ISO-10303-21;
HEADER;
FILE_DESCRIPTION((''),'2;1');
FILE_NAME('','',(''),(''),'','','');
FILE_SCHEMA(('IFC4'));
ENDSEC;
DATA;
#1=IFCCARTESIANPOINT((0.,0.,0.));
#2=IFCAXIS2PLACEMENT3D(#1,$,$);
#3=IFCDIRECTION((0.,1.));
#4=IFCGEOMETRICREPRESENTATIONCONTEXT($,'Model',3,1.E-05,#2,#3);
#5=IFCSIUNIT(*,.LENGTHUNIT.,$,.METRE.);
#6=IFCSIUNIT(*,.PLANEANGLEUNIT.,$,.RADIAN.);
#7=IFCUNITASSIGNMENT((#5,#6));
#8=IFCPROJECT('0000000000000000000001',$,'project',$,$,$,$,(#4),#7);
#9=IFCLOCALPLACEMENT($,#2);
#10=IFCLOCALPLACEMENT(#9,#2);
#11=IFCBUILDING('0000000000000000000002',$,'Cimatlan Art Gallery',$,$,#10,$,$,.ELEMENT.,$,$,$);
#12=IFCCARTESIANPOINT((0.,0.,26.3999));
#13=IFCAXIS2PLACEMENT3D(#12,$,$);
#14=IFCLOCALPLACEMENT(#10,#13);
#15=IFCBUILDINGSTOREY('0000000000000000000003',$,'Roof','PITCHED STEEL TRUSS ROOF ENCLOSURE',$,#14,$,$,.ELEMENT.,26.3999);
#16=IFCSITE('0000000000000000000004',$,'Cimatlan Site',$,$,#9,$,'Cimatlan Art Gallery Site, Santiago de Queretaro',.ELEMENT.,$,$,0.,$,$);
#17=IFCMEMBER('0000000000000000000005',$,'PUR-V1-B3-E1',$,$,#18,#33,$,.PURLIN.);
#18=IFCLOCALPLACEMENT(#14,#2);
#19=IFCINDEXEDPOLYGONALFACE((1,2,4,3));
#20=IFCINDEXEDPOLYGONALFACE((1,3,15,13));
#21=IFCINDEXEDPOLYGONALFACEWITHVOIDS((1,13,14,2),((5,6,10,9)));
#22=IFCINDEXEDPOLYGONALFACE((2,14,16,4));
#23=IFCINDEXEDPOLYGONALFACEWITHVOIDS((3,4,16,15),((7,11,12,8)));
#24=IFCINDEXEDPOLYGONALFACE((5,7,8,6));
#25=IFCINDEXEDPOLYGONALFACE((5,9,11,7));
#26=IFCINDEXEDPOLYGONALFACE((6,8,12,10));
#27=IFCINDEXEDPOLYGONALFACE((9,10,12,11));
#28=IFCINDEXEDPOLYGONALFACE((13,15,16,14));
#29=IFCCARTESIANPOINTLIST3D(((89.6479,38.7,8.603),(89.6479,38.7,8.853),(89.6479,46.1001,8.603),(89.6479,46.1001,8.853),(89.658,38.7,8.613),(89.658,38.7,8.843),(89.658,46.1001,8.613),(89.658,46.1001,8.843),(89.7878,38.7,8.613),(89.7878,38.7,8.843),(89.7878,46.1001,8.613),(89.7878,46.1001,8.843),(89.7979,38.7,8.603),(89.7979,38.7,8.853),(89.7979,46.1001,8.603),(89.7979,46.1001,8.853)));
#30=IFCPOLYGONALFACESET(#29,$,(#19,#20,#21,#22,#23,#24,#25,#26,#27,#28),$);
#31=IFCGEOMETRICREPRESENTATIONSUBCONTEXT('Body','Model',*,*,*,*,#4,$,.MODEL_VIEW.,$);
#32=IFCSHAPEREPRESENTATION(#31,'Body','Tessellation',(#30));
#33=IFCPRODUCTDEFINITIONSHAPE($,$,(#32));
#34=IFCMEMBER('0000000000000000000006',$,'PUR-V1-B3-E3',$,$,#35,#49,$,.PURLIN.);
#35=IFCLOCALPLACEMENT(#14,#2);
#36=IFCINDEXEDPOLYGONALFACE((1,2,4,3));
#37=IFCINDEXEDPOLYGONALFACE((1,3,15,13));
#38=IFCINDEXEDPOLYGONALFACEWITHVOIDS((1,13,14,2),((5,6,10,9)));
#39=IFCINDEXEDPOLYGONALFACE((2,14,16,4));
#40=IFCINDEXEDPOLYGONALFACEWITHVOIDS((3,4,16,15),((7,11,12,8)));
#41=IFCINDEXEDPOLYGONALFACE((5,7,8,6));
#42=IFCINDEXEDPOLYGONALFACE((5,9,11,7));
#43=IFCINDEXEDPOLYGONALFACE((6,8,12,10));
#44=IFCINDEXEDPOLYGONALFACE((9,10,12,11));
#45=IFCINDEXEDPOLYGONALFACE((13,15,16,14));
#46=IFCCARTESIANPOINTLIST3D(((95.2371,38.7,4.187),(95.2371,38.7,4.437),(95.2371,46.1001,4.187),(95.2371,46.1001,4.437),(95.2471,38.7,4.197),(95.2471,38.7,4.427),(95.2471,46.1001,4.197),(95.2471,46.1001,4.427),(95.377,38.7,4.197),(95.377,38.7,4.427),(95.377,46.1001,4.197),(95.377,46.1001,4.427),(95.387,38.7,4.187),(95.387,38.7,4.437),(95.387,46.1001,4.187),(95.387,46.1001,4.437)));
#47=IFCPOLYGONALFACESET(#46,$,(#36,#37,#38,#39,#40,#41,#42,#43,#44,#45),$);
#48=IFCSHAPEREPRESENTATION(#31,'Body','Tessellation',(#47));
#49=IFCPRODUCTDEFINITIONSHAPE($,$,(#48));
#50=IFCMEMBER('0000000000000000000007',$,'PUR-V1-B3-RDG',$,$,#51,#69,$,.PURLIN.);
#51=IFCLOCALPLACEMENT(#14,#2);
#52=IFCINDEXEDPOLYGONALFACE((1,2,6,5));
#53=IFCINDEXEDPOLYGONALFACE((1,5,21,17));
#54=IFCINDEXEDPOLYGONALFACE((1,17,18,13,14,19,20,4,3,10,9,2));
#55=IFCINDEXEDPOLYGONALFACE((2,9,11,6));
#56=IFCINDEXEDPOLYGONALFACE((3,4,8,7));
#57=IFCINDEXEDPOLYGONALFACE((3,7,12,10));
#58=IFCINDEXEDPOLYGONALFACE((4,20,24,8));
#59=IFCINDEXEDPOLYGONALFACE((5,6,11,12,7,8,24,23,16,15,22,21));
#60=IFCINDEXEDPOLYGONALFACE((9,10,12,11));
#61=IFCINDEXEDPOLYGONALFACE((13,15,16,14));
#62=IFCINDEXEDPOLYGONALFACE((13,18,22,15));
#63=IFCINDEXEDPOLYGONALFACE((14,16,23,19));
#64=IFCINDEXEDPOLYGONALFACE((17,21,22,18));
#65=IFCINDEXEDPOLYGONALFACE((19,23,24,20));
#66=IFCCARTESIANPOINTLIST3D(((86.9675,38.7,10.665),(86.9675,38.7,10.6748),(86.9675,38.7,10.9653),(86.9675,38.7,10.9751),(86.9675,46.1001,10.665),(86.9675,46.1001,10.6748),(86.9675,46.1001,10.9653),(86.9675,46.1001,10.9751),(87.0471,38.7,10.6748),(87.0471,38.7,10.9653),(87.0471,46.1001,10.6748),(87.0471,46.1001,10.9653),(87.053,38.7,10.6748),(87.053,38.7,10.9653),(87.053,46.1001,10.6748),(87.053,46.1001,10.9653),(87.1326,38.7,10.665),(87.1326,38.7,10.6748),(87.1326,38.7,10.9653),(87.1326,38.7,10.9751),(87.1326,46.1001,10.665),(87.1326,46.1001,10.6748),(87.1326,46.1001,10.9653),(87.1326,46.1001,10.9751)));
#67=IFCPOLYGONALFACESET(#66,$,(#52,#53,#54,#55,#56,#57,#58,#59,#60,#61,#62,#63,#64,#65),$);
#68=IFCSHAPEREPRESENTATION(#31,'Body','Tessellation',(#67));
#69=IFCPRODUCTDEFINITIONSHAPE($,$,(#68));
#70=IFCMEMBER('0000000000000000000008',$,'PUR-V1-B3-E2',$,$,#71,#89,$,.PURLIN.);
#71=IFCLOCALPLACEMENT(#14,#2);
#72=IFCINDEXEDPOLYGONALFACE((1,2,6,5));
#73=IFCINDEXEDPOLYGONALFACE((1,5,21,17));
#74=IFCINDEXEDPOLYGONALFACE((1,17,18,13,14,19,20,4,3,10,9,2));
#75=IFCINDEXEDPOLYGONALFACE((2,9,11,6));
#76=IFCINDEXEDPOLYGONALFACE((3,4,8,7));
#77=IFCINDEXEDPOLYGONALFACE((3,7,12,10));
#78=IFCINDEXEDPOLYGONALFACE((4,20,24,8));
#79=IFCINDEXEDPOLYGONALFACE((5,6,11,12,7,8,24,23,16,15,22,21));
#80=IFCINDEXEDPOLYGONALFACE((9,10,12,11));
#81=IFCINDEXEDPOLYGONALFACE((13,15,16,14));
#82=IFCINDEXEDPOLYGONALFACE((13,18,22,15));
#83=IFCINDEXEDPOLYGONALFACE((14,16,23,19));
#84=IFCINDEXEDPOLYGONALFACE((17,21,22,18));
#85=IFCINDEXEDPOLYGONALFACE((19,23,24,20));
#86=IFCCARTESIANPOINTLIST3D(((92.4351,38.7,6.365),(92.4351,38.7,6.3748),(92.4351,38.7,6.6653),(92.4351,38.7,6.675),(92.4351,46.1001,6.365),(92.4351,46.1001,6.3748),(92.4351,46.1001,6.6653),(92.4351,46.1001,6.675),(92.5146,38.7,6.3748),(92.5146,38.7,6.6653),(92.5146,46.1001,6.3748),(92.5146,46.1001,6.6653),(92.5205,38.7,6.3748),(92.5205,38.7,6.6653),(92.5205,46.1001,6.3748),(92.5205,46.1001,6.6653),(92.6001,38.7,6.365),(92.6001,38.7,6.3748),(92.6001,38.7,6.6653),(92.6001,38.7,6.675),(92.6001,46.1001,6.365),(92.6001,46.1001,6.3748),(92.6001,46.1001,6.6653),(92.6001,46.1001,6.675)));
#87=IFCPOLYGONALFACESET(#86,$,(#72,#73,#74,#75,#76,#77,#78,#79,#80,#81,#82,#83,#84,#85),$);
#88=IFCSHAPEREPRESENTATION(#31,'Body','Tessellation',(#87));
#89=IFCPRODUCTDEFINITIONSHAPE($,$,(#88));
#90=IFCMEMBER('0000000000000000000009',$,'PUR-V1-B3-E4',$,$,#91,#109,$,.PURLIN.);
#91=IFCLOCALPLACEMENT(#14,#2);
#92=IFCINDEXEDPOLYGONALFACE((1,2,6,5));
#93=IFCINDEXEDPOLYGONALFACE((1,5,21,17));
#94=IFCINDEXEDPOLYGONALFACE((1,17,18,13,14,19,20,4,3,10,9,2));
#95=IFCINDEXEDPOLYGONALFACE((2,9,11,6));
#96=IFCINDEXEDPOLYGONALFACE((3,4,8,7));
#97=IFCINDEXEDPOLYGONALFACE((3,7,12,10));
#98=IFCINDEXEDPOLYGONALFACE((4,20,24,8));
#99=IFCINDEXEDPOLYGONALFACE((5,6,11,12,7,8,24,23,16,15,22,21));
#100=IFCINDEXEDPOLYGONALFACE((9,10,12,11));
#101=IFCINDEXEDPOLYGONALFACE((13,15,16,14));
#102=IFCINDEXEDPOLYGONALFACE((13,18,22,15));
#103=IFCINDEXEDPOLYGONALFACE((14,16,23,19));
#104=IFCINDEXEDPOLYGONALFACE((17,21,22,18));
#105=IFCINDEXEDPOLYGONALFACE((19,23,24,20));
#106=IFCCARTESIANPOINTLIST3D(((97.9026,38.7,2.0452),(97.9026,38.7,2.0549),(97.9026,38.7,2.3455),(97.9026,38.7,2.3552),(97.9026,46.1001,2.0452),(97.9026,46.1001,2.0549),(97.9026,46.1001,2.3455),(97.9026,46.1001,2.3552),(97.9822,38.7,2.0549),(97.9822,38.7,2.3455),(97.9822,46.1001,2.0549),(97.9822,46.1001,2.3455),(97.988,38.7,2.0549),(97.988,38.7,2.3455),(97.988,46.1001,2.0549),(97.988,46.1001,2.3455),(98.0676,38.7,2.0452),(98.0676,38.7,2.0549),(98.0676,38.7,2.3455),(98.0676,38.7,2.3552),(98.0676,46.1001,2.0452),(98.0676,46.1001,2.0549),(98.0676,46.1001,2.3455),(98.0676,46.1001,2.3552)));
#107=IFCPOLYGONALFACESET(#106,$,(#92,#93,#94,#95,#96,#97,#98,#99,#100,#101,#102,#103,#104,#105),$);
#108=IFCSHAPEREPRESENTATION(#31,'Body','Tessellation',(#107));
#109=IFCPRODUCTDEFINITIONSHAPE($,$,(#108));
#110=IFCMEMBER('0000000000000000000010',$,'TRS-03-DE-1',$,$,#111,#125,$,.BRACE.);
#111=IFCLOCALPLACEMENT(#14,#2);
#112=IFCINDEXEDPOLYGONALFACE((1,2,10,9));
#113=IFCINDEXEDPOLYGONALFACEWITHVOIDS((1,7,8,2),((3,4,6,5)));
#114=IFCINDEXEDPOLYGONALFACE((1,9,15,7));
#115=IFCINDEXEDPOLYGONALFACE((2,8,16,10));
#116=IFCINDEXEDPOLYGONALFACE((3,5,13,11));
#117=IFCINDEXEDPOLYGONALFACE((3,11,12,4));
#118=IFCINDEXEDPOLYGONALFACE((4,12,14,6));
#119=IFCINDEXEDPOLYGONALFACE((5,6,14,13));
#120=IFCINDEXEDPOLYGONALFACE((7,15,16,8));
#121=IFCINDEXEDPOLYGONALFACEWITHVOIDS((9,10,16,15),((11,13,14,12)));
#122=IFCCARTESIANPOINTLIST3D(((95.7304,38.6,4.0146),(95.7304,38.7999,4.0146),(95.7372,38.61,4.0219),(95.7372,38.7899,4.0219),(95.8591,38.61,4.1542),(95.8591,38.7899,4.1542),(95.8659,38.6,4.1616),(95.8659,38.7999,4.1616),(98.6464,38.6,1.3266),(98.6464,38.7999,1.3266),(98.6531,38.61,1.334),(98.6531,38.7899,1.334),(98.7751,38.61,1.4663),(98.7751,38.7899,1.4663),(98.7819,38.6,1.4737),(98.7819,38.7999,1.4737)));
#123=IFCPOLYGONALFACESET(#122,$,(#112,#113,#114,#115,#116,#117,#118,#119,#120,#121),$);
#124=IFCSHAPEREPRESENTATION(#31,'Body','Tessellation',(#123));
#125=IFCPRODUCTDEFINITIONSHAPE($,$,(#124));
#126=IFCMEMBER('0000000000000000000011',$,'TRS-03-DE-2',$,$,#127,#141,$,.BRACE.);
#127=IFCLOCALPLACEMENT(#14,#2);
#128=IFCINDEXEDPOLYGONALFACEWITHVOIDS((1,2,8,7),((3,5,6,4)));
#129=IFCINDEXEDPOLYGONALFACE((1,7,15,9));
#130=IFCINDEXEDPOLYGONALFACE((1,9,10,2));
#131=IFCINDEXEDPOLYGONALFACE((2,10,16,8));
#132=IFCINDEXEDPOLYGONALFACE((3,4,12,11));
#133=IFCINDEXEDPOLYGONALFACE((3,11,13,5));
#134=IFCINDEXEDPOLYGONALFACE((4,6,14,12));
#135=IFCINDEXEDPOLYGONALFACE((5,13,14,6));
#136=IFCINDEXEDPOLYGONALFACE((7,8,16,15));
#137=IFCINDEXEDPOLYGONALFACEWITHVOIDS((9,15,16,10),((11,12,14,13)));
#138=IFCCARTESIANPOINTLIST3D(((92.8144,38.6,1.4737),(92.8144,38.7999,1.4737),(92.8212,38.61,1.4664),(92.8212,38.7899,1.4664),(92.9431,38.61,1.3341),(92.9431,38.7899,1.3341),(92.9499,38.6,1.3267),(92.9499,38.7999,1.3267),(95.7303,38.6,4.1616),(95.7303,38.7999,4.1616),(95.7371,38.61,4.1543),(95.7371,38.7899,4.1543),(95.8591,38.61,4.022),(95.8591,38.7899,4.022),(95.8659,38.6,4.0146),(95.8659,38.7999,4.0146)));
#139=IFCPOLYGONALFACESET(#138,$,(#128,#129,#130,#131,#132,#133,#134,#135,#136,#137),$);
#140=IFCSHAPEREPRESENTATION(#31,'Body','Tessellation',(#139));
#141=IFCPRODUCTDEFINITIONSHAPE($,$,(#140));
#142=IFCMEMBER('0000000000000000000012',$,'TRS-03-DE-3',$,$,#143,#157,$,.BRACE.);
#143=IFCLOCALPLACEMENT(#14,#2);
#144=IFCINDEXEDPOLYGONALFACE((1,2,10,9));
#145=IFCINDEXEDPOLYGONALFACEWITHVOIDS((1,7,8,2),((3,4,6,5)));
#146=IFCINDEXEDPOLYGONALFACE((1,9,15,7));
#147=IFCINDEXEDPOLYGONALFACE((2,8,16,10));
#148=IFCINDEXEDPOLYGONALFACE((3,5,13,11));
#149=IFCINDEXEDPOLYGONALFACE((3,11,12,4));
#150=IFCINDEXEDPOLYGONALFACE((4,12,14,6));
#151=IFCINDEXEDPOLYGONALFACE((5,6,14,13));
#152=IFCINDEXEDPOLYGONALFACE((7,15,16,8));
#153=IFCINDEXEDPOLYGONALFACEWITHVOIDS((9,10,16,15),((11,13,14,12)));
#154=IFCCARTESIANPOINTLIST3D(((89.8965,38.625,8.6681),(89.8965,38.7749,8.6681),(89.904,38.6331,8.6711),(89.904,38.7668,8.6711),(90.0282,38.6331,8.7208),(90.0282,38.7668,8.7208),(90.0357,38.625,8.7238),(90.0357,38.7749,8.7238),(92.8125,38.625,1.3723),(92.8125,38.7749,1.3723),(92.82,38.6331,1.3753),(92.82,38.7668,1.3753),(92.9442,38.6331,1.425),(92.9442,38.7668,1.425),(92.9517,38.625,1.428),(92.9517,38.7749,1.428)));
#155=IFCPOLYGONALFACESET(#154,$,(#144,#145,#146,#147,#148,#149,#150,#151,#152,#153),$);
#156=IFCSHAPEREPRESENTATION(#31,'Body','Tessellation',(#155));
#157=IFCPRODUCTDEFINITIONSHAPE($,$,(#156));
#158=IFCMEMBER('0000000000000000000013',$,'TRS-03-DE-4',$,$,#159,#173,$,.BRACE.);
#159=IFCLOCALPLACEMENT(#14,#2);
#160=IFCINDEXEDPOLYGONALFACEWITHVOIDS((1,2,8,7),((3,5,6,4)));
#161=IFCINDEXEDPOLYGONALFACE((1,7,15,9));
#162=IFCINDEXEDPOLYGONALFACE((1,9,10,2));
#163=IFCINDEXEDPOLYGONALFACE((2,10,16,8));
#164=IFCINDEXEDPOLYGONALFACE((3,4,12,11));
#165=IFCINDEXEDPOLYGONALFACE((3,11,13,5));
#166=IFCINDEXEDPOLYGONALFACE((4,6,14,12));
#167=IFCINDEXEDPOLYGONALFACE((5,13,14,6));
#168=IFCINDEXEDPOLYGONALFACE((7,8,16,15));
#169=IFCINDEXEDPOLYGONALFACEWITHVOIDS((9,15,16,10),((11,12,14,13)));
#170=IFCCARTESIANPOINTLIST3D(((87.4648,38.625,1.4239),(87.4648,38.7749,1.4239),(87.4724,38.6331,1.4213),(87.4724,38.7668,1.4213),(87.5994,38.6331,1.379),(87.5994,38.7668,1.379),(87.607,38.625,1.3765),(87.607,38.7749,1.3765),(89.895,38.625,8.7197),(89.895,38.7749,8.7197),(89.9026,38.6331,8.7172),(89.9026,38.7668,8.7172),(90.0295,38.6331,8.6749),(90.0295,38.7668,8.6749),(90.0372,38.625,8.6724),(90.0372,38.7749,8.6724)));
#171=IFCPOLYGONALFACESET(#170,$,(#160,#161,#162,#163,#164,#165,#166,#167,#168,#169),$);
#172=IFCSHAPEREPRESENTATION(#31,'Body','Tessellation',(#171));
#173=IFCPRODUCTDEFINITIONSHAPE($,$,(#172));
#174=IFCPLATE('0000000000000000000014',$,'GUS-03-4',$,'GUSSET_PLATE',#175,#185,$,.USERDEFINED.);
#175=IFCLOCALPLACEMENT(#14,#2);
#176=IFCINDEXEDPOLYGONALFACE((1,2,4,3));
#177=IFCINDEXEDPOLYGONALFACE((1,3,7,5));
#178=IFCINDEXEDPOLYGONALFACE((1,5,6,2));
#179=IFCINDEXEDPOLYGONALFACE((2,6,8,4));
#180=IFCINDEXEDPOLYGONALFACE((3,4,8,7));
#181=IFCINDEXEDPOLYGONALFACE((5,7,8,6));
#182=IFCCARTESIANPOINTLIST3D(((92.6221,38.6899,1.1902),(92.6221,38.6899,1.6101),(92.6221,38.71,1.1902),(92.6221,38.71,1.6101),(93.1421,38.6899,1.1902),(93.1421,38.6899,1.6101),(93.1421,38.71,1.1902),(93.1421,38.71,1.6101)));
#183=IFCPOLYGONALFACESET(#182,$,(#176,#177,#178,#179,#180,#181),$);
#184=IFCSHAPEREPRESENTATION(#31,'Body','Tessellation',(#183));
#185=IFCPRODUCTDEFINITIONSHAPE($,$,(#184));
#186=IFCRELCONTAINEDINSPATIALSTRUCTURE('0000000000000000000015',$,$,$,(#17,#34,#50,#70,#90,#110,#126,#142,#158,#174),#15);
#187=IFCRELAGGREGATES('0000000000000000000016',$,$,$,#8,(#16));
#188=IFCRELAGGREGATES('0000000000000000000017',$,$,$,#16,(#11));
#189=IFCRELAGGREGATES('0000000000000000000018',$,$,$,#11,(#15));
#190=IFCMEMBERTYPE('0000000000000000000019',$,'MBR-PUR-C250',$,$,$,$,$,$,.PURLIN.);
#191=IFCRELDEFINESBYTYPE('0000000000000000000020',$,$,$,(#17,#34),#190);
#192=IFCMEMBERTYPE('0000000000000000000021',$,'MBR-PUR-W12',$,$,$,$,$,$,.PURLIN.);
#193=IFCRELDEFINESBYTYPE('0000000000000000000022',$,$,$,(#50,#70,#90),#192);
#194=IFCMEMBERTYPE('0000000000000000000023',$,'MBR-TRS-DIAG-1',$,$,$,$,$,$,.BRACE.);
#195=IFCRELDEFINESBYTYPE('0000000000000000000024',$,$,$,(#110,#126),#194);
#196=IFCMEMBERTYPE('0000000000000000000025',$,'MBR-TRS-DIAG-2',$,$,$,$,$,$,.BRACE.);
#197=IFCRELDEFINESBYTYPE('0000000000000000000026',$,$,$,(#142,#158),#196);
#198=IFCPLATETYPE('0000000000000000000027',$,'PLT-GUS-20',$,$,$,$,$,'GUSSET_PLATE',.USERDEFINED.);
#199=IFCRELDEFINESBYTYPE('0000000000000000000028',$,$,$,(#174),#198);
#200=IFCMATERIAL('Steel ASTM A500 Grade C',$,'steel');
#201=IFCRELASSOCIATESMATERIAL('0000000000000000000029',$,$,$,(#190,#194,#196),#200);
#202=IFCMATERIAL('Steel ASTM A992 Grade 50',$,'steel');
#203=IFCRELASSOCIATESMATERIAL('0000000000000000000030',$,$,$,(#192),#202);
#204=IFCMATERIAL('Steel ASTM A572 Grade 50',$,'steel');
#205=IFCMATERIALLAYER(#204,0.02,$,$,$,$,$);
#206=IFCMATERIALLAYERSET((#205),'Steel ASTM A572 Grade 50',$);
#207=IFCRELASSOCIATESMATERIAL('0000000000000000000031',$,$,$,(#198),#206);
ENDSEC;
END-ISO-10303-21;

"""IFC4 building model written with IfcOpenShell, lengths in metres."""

from ifc_helpers import new_model, si_unit, direction, frame, origin, origin_2d, place, context, subcontext, project, spatial, rectangle, hollow_rectangle, i_section, extrude, material, layer, layer_set, material_profile, profile_set, type_object, element, save


model = new_model("IFC4")

# Units and contexts
model_context = context("Model", 3, precision=1e-05, world=origin(), true_north=direction((0.0, 1.0)))
body_context = subcontext(model_context, "Body", "Model", "MODEL_VIEW")
ifc_project = project(units=[si_unit("LENGTHUNIT", "METRE"), si_unit("PLANEANGLEUNIT", "RADIAN")], contexts=[model_context])

# Site, building, storey
site_placement = place(None, origin())
site = spatial("IfcSite", under=ifc_project, at=site_placement, Name="Cimatlan Site", LongName="Cimatlan Art Gallery Site, Santiago de Queretaro", CompositionType="ELEMENT", RefElevation=0.0)
building_placement = place(site_placement, origin())
building = spatial("IfcBuilding", under=site, at=building_placement, Name="Cimatlan Art Gallery", CompositionType="ELEMENT")
storey_placement = place(building_placement, frame((0.0, 0.0, 26.3999)))
storey = spatial("IfcBuildingStorey", under=building, at=storey_placement, Name="Roof", Description="PITCHED STEEL TRUSS ROOF ENCLOSURE", CompositionType="ELEMENT", Elevation=26.3999)

# Shared definitions
ifc_material_1 = material(Name="Steel ASTM A992 Grade 50", Category="steel")

# Members
ifc_material_2 = material(Name="Steel ASTM A500 Grade C", Category="steel")
ifc_material_profile_1 = material_profile(ifc_material_2, hollow_rectangle(XDim=0.1499, YDim=0.25, WallThickness=0.01, at=origin_2d()), Name="HSS250X150X10")
ifc_profile_set_1 = profile_set([ifc_material_profile_1], Name="Steel ASTM A500 Grade C")
member_type_1 = type_object("IfcMemberType", Name="MBR-PUR-C250", PredefinedType="PURLIN", material=ifc_profile_set_1)
for number, where, z_axis, x_axis, name in (
    (1, (89.7229, 38.7, 8.728), (0.0, 1.0, 0.0), (-1.0, 0.0, 0.0), "PUR-V1-B3-E1"),
    (2, (95.312, 38.7, 4.312), (0.0, 1.0, 0.0), (-1.0, 0.0, 0.0), "PUR-V1-B3-E3"),
):
    element("IfcMember", number, at=place(storey_placement, frame(where, z_axis=z_axis, x_axis=x_axis)), inside=storey, type_object=member_type_1, Name=name, PredefinedType="PURLIN", context=body_context, shape_type="SweptSolid", body=[
        extrude(hollow_rectangle(XDim=0.1499, YDim=0.25, WallThickness=0.01, at=origin_2d()), origin(), (0.0, 0.0, 1.0), 7.4001),
    ])
ifc_material_profile_2 = material_profile(ifc_material_1, i_section(OverallWidth=0.165, OverallDepth=0.3101, WebThickness=0.0059, FlangeThickness=0.0098, at=origin_2d()), Name="W12X26")
ifc_profile_set_2 = profile_set([ifc_material_profile_2], Name="Steel ASTM A992 Grade 50")
member_type_2 = type_object("IfcMemberType", Name="MBR-PUR-W12", PredefinedType="PURLIN", material=ifc_profile_set_2)
for number, where, z_axis, x_axis, name in (
    (3, (87.05, 38.7, 10.8201), (0.0, 1.0, 0.0), (-1.0, 0.0, 0.0), "PUR-V1-B3-RDG"),
    (4, (92.5176, 38.7, 6.52), (0.0, 1.0, 0.0), (-1.0, 0.0, 0.0), "PUR-V1-B3-E2"),
    (5, (97.9851, 38.7, 2.2002), (0.0, 1.0, 0.0), (-1.0, 0.0, 0.0), "PUR-V1-B3-E4"),
):
    element("IfcMember", number, at=place(storey_placement, frame(where, z_axis=z_axis, x_axis=x_axis)), inside=storey, type_object=member_type_2, Name=name, PredefinedType="PURLIN", context=body_context, shape_type="SweptSolid", body=[
        extrude(i_section(OverallWidth=0.165, OverallDepth=0.3101, WebThickness=0.0059, FlangeThickness=0.0098, at=origin_2d()), origin(), (0.0, 0.0, 1.0), 7.4001),
    ])
ifc_material_profile_3 = material_profile(ifc_material_2, hollow_rectangle(XDim=0.2, YDim=0.2, WallThickness=0.01, at=origin_2d()), Name="HSS200X200X10")
ifc_profile_set_3 = profile_set([ifc_material_profile_3], Name="Steel ASTM A500 Grade C")
member_type_3 = type_object("IfcMemberType", Name="MBR-TRS-DIAG-1", PredefinedType="BRACE", material=ifc_profile_set_3)
for number, where, z_axis, x_axis, name in (
    (6, (98.7141, 38.7, 1.4001), (-0.735271, 0.0, 0.677774), (0.0, -1.0, 0.0), "TRS-03-DE-1"),
    (7, (95.7981, 38.7, 4.0881), (-0.735271, 0.0, -0.677774), (0.0, -1.0, 0.0), "TRS-03-DE-2"),
):
    element("IfcMember", number, at=place(storey_placement, frame(where, z_axis=z_axis, x_axis=x_axis)), inside=storey, type_object=member_type_3, Name=name, PredefinedType="BRACE", context=body_context, shape_type="SweptSolid", body=[
        extrude(hollow_rectangle(XDim=0.2, YDim=0.2, WallThickness=0.01, at=origin_2d()), origin(), (0.0, 0.0, 1.0), 3.9658),
    ])
ifc_material_profile_4 = material_profile(ifc_material_2, hollow_rectangle(XDim=0.1499, YDim=0.1499, WallThickness=0.0081, at=origin_2d()), Name="HSS150X150X8")
ifc_profile_set_4 = profile_set([ifc_material_profile_4], Name="Steel ASTM A500 Grade C")
member_type_4 = type_object("IfcMemberType", Name="MBR-TRS-DIAG-2", PredefinedType="BRACE", material=ifc_profile_set_4)
member_1_placement = place(storey_placement, frame((92.8821, 38.7, 1.4001), z_axis=(-0.371134, 0.0, 0.92858), x_axis=(0.0, -1.0, 0.0)))
element("IfcMember", 8, at=member_1_placement, inside=storey, type_object=member_type_4, Name="TRS-03-DE-3", PredefinedType="BRACE", context=body_context, shape_type="SweptSolid", body=[
    extrude(hollow_rectangle(XDim=0.1499, YDim=0.1499, WallThickness=0.0081, at=origin_2d()), origin(), (0.0, 0.0, 1.0), 7.8569),
])
member_2_placement = place(storey_placement, frame((89.9661, 38.7, 8.696), z_axis=(-0.316018, 0.0, -0.948753), x_axis=(0.0, -1.0, 0.0)))
element("IfcMember", 9, at=member_2_placement, inside=storey, type_object=member_type_4, Name="TRS-03-DE-4", PredefinedType="BRACE", context=body_context, shape_type="SweptSolid", body=[
    extrude(hollow_rectangle(XDim=0.1499, YDim=0.1499, WallThickness=0.0081, at=origin_2d()), origin(), (0.0, 0.0, 1.0), 7.6899),
])

# Plate
ifc_material_3 = material(Name="Steel ASTM A572 Grade 50", Category="steel")
ifc_layer_1 = layer(ifc_material_3, 0.02)
ifc_layer_set_1 = layer_set([ifc_layer_1], Name="Steel ASTM A572 Grade 50")
plate_type_1 = type_object("IfcPlateType", Name="PLT-GUS-20", ElementType="GUSSET_PLATE", PredefinedType="USERDEFINED", material=ifc_layer_set_1)
plate_1_placement = place(storey_placement, frame((92.8821, 38.7, 1.1902), z_axis=(0.0, 0.0, 1.0), x_axis=(1.0, 0.0, 0.0)))
element("IfcPlate", 10, at=plate_1_placement, inside=storey, type_object=plate_type_1, Name="GUS-03-4", ObjectType="GUSSET_PLATE", PredefinedType="USERDEFINED", context=body_context, shape_type="SweptSolid", body=[
    extrude(rectangle(XDim=0.52, YDim=0.02, at=origin_2d()), origin(), (0.0, 0.0, 1.0), 0.4199),
])

save(model, "model.ifc")
